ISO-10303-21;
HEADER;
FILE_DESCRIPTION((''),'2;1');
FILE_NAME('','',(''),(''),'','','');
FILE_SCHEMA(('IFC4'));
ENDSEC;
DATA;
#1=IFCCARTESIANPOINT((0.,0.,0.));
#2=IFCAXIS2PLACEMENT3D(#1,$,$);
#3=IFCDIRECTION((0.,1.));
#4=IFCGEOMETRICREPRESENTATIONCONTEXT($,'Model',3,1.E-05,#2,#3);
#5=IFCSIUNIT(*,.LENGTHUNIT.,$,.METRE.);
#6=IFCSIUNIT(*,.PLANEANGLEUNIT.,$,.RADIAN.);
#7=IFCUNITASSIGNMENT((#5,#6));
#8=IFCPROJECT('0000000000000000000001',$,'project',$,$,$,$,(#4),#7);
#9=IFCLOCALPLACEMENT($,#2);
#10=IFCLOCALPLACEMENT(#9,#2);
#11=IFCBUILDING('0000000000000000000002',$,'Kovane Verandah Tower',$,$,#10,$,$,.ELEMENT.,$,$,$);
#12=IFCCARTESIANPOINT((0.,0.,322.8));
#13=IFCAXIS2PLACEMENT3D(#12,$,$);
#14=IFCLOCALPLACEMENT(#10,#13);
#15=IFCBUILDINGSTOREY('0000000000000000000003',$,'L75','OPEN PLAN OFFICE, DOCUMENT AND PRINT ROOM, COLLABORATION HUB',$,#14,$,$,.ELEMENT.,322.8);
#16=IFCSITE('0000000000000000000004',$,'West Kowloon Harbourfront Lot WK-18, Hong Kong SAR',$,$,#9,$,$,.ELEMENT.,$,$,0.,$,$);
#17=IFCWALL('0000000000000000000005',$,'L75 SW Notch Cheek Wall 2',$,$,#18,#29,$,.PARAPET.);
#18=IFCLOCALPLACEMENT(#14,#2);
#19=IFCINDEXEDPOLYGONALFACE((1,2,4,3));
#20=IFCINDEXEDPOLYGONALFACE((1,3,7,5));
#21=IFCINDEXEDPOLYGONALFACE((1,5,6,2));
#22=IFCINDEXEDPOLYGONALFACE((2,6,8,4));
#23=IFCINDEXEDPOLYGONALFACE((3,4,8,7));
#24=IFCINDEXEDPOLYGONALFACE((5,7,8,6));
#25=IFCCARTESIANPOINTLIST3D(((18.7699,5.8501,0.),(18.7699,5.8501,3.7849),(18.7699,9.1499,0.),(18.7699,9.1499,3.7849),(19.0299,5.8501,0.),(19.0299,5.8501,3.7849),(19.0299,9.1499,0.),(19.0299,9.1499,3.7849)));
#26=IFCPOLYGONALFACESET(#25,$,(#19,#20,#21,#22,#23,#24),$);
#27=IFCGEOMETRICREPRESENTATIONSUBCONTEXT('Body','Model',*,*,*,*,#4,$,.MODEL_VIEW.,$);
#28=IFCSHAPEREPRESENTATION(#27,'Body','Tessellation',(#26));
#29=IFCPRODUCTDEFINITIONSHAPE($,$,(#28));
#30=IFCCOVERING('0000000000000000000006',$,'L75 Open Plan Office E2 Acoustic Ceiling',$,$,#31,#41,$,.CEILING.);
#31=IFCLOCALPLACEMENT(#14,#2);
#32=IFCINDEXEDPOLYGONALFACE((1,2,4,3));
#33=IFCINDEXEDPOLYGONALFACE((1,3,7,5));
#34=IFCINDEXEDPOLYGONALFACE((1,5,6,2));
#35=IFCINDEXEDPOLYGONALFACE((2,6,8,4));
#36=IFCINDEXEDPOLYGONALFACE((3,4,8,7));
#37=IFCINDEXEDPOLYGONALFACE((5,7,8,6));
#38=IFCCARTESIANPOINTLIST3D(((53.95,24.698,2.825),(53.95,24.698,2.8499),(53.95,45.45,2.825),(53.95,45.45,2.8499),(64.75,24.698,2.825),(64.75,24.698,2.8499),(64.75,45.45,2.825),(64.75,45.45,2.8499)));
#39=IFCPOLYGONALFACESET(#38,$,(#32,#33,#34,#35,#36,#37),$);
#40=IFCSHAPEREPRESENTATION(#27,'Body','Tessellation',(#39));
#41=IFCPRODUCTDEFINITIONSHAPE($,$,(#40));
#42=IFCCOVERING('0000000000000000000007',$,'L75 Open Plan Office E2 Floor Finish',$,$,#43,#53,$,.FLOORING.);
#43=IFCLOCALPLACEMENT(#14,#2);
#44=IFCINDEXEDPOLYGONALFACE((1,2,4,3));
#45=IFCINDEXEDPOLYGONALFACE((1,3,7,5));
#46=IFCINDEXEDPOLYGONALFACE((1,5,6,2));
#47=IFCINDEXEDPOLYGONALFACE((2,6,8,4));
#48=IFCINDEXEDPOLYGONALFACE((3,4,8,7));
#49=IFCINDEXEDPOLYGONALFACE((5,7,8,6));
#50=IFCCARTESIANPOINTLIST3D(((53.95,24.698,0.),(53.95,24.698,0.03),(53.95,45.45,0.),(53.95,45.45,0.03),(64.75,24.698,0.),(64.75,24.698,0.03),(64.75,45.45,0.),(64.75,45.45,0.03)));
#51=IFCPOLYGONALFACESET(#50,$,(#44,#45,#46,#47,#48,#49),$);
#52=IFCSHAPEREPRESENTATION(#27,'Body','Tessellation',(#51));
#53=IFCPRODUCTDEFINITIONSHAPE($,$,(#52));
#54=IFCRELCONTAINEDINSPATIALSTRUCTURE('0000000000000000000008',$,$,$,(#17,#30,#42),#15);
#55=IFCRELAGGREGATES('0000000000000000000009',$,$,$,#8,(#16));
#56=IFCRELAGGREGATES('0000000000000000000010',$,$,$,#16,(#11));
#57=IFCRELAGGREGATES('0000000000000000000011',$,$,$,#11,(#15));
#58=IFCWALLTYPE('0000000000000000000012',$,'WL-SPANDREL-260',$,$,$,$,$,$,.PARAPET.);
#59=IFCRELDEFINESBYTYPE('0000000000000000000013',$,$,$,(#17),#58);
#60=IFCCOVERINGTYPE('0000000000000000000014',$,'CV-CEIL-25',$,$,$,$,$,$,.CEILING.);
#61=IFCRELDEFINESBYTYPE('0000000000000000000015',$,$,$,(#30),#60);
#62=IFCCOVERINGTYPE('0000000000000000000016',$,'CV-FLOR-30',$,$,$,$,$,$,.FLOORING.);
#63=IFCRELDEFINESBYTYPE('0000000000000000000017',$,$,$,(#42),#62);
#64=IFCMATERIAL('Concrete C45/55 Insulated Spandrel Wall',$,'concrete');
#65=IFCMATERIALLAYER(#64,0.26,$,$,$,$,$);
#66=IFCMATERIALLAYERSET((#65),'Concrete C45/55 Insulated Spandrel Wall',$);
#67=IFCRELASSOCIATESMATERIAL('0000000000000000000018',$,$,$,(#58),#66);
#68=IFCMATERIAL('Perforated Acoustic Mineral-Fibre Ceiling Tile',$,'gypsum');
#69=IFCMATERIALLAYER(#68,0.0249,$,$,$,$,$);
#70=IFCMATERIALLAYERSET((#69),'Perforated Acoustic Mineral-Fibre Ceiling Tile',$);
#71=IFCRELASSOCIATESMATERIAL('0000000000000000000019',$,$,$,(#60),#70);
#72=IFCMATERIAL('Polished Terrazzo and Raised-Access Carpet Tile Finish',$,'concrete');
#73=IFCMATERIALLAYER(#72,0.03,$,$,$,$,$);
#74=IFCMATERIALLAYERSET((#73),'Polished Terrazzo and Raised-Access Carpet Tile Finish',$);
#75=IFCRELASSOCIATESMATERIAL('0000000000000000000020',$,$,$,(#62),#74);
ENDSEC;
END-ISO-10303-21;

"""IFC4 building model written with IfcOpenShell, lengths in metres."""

from ifc_helpers import new_model, si_unit, direction, frame, frame_2d, origin, place, context, subcontext, project, spatial, polyline, rectangle, outline, extrude, material, layer, layer_set, type_object, element, save


model = new_model("IFC4")

# Units and contexts
model_context = context("Model", 3, precision=1e-05, world=origin(), true_north=direction((0.0, 1.0)))
body_context = subcontext(model_context, "Body", "Model", "MODEL_VIEW")
ifc_project = project(units=[si_unit("LENGTHUNIT", "METRE"), si_unit("PLANEANGLEUNIT", "RADIAN")], contexts=[model_context])

# Site, building, storey
site_placement = place(None, origin())
site = spatial("IfcSite", under=ifc_project, at=site_placement, Name="West Kowloon Harbourfront Lot WK-18, Hong Kong SAR", CompositionType="ELEMENT", RefElevation=0.0)
building_placement = place(site_placement, origin())
building = spatial("IfcBuilding", under=site, at=building_placement, Name="Kovane Verandah Tower", CompositionType="ELEMENT")
storey_placement = place(building_placement, frame((0.0, 0.0, 322.8)))
storey = spatial("IfcBuildingStorey", under=building, at=storey_placement, Name="L75", Description="OPEN PLAN OFFICE, DOCUMENT AND PRINT ROOM, COLLABORATION HUB", CompositionType="ELEMENT", Elevation=322.8)

# Shared definitions
ifc_material_1 = material(Name="Concrete C45/55 Insulated Spandrel Wall", Category="concrete")
ifc_layer_1 = layer(ifc_material_1, 0.26)
ifc_layer_set_1 = layer_set([ifc_layer_1], Name="Concrete C45/55 Insulated Spandrel Wall")
wall_type = type_object("IfcWallType", Name="WL-SPANDREL-260", PredefinedType="PARAPET", material=ifc_layer_set_1)

# Wall
wall_1_placement = place(storey_placement, frame((18.8999, 9.1499, 0.0), z_axis=(0.0, 0.0, 1.0), x_axis=(0.0, -1.0, 0.0)))
element("IfcWall", 1, at=wall_1_placement, inside=storey, type_object=wall_type, Name="L75 SW Notch Cheek Wall 2", PredefinedType="PARAPET", context=body_context, shape_type="SweptSolid", body=[
    extrude(rectangle(XDim=3.2998, YDim=0.26, at=frame_2d((1.6499, 0.0))), origin(), (0.0, 0.0, 1.0), 3.7849),
])

# Coverings
ifc_material_2 = material(Name="Perforated Acoustic Mineral-Fibre Ceiling Tile", Category="gypsum")
ifc_layer_2 = layer(ifc_material_2, 0.0249)
ifc_layer_set_2 = layer_set([ifc_layer_2], Name="Perforated Acoustic Mineral-Fibre Ceiling Tile")
covering_type_1 = type_object("IfcCoveringType", Name="CV-CEIL-25", PredefinedType="CEILING", material=ifc_layer_set_2)
covering_1_placement = place(storey_placement, frame((0.0, 0.0, 2.825)))
element("IfcCovering", 2, at=covering_1_placement, inside=storey, type_object=covering_type_1, Name="L75 Open Plan Office E2 Acoustic Ceiling", PredefinedType="CEILING", context=body_context, shape_type="SweptSolid", body=[
    extrude(outline(polyline([(53.95, 24.698), (64.75, 24.698), (64.75, 45.45), (53.95, 45.45), (53.95, 24.698)])), origin(), (0.0, 0.0, 1.0), 0.0249),
])
ifc_material_3 = material(Name="Polished Terrazzo and Raised-Access Carpet Tile Finish", Category="concrete")
ifc_layer_3 = layer(ifc_material_3, 0.03)
ifc_layer_set_3 = layer_set([ifc_layer_3], Name="Polished Terrazzo and Raised-Access Carpet Tile Finish")
covering_type_2 = type_object("IfcCoveringType", Name="CV-FLOR-30", PredefinedType="FLOORING", material=ifc_layer_set_3)
covering_2_placement = place(storey_placement, origin())
element("IfcCovering", 3, at=covering_2_placement, inside=storey, type_object=covering_type_2, Name="L75 Open Plan Office E2 Floor Finish", PredefinedType="FLOORING", context=body_context, shape_type="SweptSolid", body=[
    extrude(outline(polyline([(53.95, 24.698), (64.75, 24.698), (64.75, 45.45), (53.95, 45.45), (53.95, 24.698)])), origin(), (0.0, 0.0, 1.0), 0.03),
])

save(model, "model.ifc")
